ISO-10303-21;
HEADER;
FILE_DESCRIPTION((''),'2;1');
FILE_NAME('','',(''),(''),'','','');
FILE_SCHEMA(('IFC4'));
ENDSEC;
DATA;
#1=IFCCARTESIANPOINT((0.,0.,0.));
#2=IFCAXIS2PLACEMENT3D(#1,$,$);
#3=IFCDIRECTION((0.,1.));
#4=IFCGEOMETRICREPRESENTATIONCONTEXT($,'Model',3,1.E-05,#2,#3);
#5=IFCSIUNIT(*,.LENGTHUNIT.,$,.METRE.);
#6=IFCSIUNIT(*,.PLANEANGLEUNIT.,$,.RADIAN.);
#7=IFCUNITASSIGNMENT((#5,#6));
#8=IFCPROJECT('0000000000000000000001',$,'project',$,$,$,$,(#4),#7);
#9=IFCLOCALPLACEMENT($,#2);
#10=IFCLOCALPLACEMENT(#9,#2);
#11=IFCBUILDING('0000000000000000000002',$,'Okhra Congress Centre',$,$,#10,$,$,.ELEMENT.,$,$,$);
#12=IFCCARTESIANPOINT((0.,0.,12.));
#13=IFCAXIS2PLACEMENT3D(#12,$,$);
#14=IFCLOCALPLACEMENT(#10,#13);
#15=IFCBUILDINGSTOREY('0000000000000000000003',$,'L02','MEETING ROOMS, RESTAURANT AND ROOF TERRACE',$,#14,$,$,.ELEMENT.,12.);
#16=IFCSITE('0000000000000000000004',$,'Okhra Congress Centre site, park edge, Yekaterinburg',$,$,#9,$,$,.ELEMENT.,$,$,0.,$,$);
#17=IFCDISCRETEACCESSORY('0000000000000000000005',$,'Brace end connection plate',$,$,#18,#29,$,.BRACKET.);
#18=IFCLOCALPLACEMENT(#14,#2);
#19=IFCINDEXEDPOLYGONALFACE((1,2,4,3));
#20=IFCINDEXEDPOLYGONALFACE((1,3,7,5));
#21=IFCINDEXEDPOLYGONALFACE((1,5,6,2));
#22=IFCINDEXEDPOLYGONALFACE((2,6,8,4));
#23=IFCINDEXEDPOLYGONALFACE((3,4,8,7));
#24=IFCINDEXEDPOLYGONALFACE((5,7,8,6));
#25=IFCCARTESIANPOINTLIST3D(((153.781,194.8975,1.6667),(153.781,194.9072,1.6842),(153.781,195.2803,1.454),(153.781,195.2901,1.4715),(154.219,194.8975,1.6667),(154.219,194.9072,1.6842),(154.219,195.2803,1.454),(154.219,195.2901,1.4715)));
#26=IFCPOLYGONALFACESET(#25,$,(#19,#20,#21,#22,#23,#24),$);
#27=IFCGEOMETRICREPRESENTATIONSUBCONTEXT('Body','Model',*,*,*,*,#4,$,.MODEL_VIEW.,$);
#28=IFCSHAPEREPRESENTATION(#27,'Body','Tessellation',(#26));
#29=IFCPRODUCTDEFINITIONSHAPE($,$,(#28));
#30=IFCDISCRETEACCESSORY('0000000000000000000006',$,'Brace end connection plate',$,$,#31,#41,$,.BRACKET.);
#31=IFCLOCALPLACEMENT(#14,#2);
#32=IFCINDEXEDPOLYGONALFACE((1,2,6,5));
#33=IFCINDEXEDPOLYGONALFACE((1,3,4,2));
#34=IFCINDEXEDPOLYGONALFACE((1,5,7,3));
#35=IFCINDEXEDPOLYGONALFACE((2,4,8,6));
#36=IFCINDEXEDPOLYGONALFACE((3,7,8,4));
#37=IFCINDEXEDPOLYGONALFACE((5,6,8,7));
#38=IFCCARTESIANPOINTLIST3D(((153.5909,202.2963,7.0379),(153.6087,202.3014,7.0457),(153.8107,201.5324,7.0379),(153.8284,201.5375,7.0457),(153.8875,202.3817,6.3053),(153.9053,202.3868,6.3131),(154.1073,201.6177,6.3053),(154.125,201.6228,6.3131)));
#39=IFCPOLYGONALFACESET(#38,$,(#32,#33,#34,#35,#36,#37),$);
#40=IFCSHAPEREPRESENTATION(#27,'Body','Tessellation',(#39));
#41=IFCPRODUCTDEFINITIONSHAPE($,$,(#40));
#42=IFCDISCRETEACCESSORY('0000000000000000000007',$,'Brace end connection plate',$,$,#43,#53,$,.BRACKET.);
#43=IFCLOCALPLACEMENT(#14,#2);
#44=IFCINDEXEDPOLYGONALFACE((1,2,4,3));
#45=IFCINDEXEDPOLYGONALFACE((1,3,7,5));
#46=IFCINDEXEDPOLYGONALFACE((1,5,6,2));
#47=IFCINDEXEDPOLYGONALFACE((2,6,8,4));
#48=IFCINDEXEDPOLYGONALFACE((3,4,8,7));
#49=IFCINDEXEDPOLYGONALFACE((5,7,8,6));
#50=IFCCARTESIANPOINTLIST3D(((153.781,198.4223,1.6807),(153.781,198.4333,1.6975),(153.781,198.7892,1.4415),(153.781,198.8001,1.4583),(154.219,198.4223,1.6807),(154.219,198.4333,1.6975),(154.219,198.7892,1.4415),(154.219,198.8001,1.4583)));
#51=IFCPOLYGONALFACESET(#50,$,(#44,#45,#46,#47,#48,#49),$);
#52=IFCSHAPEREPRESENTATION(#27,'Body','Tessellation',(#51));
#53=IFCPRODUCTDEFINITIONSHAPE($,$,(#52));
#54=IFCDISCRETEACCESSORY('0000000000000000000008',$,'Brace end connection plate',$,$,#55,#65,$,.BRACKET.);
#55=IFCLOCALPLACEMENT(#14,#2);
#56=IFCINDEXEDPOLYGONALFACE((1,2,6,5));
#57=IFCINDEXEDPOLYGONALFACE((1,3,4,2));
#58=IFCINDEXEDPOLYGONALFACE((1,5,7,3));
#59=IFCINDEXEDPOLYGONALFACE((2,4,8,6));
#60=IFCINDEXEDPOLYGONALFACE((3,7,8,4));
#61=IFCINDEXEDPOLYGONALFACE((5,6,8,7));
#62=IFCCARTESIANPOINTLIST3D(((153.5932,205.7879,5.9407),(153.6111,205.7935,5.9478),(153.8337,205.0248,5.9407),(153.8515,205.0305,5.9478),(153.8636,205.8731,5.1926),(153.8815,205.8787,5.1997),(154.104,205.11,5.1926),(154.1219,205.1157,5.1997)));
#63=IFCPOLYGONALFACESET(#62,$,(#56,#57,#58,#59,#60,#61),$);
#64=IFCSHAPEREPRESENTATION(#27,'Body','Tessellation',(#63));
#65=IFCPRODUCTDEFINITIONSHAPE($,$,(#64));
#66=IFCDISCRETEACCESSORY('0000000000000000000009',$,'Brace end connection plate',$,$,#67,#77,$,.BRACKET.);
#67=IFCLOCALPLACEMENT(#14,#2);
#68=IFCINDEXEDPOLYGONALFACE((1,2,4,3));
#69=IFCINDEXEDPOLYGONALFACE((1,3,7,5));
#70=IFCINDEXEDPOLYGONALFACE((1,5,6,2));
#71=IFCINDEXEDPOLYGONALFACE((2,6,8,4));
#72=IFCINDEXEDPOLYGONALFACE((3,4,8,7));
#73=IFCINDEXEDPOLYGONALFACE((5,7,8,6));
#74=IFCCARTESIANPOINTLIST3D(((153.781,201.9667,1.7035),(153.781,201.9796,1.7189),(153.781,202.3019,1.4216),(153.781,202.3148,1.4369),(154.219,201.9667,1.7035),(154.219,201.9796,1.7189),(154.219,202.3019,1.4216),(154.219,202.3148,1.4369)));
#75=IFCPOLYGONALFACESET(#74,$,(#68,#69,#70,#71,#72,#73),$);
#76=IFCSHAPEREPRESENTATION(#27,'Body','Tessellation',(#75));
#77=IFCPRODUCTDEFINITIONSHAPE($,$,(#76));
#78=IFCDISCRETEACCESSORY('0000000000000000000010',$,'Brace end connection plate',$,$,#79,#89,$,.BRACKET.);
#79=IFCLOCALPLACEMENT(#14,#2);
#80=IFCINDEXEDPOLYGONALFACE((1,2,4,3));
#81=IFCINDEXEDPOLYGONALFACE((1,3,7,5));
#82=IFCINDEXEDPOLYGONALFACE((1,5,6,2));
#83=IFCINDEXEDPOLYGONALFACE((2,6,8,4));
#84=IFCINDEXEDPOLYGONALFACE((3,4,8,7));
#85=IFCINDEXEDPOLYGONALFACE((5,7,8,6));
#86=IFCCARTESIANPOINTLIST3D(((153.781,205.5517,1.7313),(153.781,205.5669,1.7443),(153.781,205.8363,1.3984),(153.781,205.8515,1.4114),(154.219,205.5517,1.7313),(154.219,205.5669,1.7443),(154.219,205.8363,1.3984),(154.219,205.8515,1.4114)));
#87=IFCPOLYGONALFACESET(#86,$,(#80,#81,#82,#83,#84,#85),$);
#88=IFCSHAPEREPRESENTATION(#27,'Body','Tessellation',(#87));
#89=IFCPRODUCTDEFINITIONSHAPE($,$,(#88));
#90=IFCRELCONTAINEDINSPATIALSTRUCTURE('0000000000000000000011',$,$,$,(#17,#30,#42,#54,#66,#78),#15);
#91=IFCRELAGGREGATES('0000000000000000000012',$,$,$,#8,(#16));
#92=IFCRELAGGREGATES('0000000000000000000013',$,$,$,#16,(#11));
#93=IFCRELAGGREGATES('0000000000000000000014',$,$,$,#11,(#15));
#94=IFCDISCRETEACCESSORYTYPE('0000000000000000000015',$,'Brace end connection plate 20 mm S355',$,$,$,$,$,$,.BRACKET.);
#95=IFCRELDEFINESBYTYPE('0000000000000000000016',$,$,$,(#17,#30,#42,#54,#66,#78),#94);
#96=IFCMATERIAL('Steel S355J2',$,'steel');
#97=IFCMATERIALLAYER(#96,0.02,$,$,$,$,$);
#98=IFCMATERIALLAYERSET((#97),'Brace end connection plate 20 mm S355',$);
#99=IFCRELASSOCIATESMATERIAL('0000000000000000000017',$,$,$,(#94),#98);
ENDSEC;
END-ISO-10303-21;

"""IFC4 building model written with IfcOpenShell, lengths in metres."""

from ifc_helpers import new_model, si_unit, direction, frame, origin, origin_2d, place, context, subcontext, project, spatial, rectangle, extrude, material, layer, layer_set, type_object, element, save


model = new_model("IFC4")

# Units and contexts
model_context = context("Model", 3, precision=1e-05, world=origin(), true_north=direction((0.0, 1.0)))
body_context = subcontext(model_context, "Body", "Model", "MODEL_VIEW")
ifc_project = project(units=[si_unit("LENGTHUNIT", "METRE"), si_unit("PLANEANGLEUNIT", "RADIAN")], contexts=[model_context])

# Site, building, storey
site_placement = place(None, origin())
site = spatial("IfcSite", under=ifc_project, at=site_placement, Name="Okhra Congress Centre site, park edge, Yekaterinburg", CompositionType="ELEMENT", RefElevation=0.0)
building_placement = place(site_placement, origin())
building = spatial("IfcBuilding", under=site, at=building_placement, Name="Okhra Congress Centre", CompositionType="ELEMENT")
storey_placement = place(building_placement, frame((0.0, 0.0, 12.0)))
storey = spatial("IfcBuildingStorey", under=building, at=storey_placement, Name="L02", Description="MEETING ROOMS, RESTAURANT AND ROOF TERRACE", CompositionType="ELEMENT", Elevation=12.0)

# Shared definitions
ifc_material_1 = material(Name="Steel S355J2", Category="steel")

# Discrete accessories
ifc_layer_1 = layer(ifc_material_1, 0.02)
ifc_layer_set_1 = layer_set([ifc_layer_1], Name="Brace end connection plate 20 mm S355")
discrete_accessory_type = type_object("IfcDiscreteAccessoryType", Name="Brace end connection plate 20 mm S355", PredefinedType="BRACKET", material=ifc_layer_set_1)
discrete_accessory_1_placement = place(storey_placement, frame((154.0, 195.0986, 1.5779), z_axis=(0.0, -0.485643, -0.874157), x_axis=(1.0, 0.0, 0.0)))
element("IfcDiscreteAccessory", 1, at=discrete_accessory_1_placement, inside=storey, type_object=discrete_accessory_type, Name="Brace end connection plate", PredefinedType="BRACKET", context=body_context, shape_type="SweptSolid", body=[
    extrude(rectangle(XDim=0.438, YDim=0.438, at=origin_2d()), origin(), (0.0, 0.0, 1.0), 0.02),
])
discrete_accessory_2_placement = place(storey_placement, frame((153.8491, 201.957, 6.6716), z_axis=(0.885646, 0.254775, 0.388228), x_axis=(-0.276459, 0.961026, 0.0)))
element("IfcDiscreteAccessory", 2, at=discrete_accessory_2_placement, inside=storey, type_object=discrete_accessory_type, Name="Brace end connection plate", PredefinedType="BRACKET", context=body_context, shape_type="SweptSolid", body=[
    extrude(rectangle(XDim=0.7949, YDim=0.7949, at=origin_2d()), origin(), (0.0, 0.0, 1.0), 0.02),
])
discrete_accessory_3_placement = place(storey_placement, frame((154.0, 198.6167, 1.5779), z_axis=(0.0, -0.546268, -0.837611), x_axis=(1.0, 0.0, 0.0)))
element("IfcDiscreteAccessory", 3, at=discrete_accessory_3_placement, inside=storey, type_object=discrete_accessory_type, Name="Brace end connection plate", PredefinedType="BRACKET", context=body_context, shape_type="SweptSolid", body=[
    extrude(rectangle(XDim=0.438, YDim=0.438, at=origin_2d()), origin(), (0.0, 0.0, 1.0), 0.02),
])
discrete_accessory_4_placement = place(storey_placement, frame((153.8486, 205.449, 5.5667), z_axis=(0.891904, 0.281011, 0.354318), x_axis=(-0.300506, 0.95378, 0.0)))
element("IfcDiscreteAccessory", 4, at=discrete_accessory_4_placement, inside=storey, type_object=discrete_accessory_type, Name="Brace end connection plate", PredefinedType="BRACKET", context=body_context, shape_type="SweptSolid", body=[
    extrude(rectangle(XDim=0.8, YDim=0.8, at=origin_2d()), origin(), (0.0, 0.0, 1.0), 0.02),
])
for number, where, z_axis, x_axis, name in (
    (5, (154.0, 202.1472, 1.5779), (0.0, -0.643762, -0.765226), (1.0, 0.0, 0.0), "Brace end connection plate"),
    (6, (154.0, 205.7092, 1.5779), (0.0, -0.760121, -0.649781), (1.0, 0.0, 0.0), "Brace end connection plate"),
):
    element("IfcDiscreteAccessory", number, at=place(storey_placement, frame(where, z_axis=z_axis, x_axis=x_axis)), inside=storey, type_object=discrete_accessory_type, Name=name, PredefinedType="BRACKET", context=body_context, shape_type="SweptSolid", body=[
        extrude(rectangle(XDim=0.438, YDim=0.438, at=origin_2d()), origin(), (0.0, 0.0, 1.0), 0.02),
    ])

save(model, "model.ifc")
